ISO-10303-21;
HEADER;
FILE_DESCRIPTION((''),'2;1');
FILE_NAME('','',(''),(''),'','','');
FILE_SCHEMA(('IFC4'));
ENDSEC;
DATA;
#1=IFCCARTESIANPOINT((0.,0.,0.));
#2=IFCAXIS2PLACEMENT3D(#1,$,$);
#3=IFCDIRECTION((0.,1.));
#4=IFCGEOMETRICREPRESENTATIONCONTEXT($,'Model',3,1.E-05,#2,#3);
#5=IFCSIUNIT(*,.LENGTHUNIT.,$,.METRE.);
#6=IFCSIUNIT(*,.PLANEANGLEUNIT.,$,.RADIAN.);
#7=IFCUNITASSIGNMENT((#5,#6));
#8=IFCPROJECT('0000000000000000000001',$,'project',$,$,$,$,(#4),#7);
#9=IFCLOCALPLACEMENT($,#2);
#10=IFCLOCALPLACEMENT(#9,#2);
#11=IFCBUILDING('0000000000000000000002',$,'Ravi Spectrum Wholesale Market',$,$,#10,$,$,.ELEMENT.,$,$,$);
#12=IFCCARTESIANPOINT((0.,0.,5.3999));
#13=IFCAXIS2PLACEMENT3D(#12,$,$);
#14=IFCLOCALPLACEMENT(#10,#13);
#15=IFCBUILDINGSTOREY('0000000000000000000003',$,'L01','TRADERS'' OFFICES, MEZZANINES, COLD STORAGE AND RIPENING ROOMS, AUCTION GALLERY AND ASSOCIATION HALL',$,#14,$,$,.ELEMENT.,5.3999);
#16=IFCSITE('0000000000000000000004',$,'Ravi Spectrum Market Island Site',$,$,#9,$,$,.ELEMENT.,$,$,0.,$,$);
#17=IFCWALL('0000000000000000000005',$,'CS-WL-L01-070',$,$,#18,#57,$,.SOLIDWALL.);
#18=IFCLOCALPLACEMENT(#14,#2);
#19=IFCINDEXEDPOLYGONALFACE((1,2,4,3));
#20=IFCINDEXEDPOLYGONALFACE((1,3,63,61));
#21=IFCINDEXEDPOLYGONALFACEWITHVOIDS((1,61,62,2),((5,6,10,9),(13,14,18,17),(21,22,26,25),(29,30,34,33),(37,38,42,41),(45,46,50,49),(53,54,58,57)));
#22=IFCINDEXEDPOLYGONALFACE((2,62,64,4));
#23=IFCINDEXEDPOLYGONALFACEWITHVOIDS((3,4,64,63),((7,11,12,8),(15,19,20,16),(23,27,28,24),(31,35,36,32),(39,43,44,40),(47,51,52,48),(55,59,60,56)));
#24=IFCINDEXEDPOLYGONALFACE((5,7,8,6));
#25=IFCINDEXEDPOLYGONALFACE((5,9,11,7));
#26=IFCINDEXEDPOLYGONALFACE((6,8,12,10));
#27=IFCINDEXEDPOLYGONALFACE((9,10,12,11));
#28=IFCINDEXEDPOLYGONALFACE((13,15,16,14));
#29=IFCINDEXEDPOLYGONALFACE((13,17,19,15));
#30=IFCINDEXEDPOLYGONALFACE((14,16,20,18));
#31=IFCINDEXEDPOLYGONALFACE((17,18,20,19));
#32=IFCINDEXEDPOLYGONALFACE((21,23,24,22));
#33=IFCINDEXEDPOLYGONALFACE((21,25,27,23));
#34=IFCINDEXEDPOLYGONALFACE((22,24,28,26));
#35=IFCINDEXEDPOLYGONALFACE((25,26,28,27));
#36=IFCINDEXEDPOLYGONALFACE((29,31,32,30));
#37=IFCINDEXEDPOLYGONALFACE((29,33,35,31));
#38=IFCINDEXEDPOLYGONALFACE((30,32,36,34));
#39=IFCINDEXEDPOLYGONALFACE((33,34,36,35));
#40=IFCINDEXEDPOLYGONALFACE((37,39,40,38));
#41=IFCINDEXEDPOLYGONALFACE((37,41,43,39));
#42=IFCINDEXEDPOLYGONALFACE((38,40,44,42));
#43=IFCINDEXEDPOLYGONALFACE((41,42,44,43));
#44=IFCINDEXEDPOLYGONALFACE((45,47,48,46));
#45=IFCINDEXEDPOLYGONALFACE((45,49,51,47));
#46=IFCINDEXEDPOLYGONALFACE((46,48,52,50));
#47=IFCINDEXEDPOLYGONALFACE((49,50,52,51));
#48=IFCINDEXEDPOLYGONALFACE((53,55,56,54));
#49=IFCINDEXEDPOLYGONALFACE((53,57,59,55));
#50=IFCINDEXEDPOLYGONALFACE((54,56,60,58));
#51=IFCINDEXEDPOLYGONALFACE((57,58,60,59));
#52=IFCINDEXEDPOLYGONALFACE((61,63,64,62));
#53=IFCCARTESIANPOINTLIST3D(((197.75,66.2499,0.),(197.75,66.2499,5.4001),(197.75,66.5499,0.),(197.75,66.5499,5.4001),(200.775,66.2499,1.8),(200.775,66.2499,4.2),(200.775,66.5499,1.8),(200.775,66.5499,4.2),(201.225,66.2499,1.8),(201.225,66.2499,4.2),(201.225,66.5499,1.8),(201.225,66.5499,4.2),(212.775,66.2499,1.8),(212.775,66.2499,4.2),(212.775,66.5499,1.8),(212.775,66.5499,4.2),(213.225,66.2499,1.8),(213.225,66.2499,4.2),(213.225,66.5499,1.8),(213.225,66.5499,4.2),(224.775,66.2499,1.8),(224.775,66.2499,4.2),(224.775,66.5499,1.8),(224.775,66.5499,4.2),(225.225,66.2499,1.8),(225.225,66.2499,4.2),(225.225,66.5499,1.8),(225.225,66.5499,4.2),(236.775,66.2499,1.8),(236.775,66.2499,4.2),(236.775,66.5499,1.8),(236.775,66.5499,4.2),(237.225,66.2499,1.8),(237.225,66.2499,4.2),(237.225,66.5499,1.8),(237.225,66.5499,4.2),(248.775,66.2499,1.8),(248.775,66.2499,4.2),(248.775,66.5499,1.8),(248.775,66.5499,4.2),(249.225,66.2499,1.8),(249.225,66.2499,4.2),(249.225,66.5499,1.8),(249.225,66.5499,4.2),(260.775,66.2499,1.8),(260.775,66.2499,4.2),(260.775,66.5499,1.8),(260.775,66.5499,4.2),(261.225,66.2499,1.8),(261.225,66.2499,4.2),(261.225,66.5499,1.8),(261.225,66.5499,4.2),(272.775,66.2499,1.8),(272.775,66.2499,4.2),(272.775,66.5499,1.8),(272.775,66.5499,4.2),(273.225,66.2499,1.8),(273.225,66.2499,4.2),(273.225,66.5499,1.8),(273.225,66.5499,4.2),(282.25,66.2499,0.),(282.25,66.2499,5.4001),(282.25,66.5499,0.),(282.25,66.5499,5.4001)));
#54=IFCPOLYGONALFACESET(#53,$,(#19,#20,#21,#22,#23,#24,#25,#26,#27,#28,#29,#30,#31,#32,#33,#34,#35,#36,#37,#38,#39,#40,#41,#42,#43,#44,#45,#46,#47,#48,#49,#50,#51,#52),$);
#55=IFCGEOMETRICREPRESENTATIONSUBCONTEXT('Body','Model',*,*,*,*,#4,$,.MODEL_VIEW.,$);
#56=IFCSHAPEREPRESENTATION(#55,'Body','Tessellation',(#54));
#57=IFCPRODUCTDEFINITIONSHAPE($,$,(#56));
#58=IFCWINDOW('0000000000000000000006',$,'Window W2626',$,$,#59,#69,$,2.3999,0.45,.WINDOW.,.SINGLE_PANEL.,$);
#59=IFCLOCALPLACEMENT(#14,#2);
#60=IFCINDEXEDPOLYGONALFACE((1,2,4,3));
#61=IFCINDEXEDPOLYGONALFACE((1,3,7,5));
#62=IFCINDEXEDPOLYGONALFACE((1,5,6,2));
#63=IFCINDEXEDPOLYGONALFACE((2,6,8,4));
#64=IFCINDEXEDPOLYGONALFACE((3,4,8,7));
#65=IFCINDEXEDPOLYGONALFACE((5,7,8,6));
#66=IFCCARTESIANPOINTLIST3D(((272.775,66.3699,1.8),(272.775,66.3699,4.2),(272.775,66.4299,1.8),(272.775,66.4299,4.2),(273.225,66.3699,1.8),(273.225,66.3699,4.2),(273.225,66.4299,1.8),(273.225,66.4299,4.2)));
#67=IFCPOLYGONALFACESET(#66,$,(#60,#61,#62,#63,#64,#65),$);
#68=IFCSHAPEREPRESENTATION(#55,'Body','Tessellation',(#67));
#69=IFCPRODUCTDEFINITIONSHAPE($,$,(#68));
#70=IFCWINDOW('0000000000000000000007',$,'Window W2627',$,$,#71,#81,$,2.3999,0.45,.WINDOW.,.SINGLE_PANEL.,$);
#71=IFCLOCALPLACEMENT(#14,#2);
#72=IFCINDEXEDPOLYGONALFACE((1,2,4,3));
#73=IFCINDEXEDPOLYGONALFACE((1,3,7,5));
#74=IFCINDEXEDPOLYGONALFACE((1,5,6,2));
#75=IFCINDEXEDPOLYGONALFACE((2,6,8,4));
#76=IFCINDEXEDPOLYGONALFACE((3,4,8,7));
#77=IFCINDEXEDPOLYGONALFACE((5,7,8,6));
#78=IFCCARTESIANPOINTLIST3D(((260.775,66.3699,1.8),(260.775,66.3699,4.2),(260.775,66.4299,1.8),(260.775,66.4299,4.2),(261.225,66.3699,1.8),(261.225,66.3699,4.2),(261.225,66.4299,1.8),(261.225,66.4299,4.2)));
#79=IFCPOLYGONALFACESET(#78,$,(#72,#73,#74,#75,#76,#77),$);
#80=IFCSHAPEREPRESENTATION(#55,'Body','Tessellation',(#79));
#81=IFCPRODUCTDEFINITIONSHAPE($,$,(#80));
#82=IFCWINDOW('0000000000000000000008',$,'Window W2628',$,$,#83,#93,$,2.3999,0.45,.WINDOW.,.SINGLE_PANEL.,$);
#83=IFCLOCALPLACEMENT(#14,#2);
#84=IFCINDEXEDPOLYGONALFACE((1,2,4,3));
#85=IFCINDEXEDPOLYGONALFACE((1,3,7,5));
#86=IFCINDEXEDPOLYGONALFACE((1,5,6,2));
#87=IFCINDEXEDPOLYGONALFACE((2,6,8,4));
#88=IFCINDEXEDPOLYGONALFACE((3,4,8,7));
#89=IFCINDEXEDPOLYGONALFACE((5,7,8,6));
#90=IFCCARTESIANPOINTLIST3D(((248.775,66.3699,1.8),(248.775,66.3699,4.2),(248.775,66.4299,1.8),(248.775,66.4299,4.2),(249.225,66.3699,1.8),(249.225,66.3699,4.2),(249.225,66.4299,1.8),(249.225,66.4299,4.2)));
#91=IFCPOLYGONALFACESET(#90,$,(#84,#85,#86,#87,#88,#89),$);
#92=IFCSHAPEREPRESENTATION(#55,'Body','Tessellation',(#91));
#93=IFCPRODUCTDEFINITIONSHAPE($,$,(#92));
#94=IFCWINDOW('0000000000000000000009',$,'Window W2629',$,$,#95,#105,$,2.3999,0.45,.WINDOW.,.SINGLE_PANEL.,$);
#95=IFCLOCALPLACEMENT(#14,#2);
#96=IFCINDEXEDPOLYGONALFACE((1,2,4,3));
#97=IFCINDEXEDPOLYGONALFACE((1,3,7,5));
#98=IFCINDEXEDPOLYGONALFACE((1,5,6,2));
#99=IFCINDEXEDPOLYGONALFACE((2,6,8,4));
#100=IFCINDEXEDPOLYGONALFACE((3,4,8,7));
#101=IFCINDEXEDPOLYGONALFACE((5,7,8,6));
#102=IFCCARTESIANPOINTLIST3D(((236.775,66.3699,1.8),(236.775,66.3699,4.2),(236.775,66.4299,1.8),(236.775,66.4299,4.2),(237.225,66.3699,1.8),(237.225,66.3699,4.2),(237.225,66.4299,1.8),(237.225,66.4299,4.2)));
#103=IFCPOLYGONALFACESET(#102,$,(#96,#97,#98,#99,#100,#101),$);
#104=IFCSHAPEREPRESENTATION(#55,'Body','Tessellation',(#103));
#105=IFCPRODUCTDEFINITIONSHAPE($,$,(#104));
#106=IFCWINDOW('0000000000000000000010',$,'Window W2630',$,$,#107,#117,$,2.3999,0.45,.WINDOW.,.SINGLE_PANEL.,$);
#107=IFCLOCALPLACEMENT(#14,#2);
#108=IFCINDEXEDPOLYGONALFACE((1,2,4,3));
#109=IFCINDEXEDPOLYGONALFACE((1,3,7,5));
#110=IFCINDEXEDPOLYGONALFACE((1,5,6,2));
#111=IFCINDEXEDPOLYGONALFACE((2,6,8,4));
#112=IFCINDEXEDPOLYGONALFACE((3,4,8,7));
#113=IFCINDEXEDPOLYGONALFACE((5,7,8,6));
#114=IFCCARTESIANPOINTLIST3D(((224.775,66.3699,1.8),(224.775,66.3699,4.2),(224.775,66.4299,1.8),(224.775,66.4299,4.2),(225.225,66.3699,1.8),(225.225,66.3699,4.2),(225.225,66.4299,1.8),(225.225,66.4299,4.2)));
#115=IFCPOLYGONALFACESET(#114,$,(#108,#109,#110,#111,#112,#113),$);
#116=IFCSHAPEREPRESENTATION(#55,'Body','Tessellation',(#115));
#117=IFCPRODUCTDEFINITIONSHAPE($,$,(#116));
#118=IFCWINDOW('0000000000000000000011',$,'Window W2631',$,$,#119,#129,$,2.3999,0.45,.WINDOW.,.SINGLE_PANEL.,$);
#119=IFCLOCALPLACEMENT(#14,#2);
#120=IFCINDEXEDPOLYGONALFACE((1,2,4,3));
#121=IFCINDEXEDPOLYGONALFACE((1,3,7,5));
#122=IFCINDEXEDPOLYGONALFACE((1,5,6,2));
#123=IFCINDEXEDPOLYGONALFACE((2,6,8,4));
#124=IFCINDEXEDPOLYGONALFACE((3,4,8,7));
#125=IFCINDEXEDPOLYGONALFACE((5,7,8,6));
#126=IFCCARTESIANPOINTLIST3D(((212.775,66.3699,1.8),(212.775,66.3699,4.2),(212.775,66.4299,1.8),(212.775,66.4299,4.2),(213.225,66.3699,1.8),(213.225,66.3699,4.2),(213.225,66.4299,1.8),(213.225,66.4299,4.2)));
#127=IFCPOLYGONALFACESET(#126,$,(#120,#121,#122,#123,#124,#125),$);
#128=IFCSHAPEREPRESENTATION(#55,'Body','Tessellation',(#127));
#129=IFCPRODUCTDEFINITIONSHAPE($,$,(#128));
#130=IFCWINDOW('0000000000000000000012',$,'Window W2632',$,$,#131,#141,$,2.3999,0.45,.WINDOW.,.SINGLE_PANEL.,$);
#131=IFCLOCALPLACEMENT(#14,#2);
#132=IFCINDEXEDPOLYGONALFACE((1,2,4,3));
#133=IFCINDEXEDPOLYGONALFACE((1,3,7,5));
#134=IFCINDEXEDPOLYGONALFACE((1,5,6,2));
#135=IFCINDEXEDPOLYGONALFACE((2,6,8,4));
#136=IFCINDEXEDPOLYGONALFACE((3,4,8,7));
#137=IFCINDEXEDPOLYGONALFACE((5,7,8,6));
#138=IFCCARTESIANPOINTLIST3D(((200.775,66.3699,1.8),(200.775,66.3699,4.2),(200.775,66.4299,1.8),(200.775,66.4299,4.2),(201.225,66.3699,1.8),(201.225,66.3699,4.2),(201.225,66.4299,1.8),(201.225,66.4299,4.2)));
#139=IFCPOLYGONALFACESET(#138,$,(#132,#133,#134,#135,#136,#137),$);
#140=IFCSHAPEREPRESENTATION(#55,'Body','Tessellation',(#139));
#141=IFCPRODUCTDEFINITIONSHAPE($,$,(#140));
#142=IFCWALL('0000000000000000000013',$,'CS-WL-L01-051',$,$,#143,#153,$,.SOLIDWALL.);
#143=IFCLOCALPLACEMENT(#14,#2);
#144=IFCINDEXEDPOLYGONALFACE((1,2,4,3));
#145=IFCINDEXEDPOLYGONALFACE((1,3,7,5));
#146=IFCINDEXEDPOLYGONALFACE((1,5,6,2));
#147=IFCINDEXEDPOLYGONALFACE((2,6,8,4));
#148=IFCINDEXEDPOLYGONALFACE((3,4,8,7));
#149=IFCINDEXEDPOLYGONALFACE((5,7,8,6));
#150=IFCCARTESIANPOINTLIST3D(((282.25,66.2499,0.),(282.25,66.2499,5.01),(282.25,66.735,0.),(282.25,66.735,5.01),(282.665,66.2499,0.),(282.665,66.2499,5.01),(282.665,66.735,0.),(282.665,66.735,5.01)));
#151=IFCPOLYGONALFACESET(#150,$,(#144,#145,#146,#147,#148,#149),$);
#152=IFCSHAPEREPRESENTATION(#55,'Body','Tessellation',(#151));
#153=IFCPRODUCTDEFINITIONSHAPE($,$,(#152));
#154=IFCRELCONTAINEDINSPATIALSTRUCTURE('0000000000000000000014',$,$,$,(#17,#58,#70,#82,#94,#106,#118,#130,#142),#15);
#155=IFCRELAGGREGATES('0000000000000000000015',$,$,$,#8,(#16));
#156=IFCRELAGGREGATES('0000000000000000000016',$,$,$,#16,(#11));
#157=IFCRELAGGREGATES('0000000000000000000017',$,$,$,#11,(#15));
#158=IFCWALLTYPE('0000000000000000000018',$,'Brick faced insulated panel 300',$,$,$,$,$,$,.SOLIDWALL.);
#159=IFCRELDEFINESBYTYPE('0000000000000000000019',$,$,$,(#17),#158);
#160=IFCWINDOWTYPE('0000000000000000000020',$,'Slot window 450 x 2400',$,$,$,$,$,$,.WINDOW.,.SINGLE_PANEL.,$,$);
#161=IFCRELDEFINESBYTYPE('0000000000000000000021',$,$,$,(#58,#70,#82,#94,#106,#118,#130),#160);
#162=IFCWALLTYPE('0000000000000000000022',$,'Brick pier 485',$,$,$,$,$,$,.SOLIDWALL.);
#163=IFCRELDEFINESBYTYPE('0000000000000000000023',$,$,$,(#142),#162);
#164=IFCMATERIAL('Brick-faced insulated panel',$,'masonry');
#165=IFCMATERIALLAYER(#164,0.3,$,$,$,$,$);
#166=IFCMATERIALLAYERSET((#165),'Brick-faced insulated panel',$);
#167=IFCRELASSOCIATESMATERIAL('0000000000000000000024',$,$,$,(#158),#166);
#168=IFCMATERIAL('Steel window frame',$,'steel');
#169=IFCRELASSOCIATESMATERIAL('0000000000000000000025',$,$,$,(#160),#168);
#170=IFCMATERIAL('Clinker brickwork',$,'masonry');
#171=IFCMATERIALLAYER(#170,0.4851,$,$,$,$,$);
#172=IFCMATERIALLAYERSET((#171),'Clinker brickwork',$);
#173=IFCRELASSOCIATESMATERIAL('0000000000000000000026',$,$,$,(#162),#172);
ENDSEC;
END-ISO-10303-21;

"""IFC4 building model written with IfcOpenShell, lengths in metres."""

from ifc_helpers import new_model, si_unit, direction, frame, frame_2d, origin, place, context, subcontext, project, spatial, rectangle, extrude, material, layer, layer_set, type_object, element, fill, save


model = new_model("IFC4")

# Units and contexts
model_context = context("Model", 3, precision=1e-05, world=origin(), true_north=direction((0.0, 1.0)))
body_context = subcontext(model_context, "Body", "Model", "MODEL_VIEW")
ifc_project = project(units=[si_unit("LENGTHUNIT", "METRE"), si_unit("PLANEANGLEUNIT", "RADIAN")], contexts=[model_context])

# Site, building, storey
site_placement = place(None, origin())
site = spatial("IfcSite", under=ifc_project, at=site_placement, Name="Ravi Spectrum Market Island Site", CompositionType="ELEMENT", RefElevation=0.0)
building_placement = place(site_placement, origin())
building = spatial("IfcBuilding", under=site, at=building_placement, Name="Ravi Spectrum Wholesale Market", CompositionType="ELEMENT")
storey_placement = place(building_placement, frame((0.0, 0.0, 5.3999)))
storey = spatial("IfcBuildingStorey", under=building, at=storey_placement, Name="L01", Description="TRADERS' OFFICES, MEZZANINES, COLD STORAGE AND RIPENING ROOMS, AUCTION GALLERY AND ASSOCIATION HALL", CompositionType="ELEMENT", Elevation=5.3999)

# Wall, openings, windows
ifc_material_1 = material(Name="Brick-faced insulated panel", Category="masonry")
ifc_layer_1 = layer(ifc_material_1, 0.3)
ifc_layer_set_1 = layer_set([ifc_layer_1], Name="Brick-faced insulated panel")
wall_type_1 = type_object("IfcWallType", Name="Brick faced insulated panel 300", PredefinedType="SOLIDWALL", material=ifc_layer_set_1)
wall_1_placement = place(storey_placement, frame((282.25, 66.3999, 0.0), z_axis=(0.0, 0.0, 1.0), x_axis=(-1.0, 0.0, 0.0)))
wall_1 = element("IfcWall", 1, at=wall_1_placement, inside=storey, type_object=wall_type_1, Name="CS-WL-L01-070", PredefinedType="SOLIDWALL", context=body_context, shape_type="SweptSolid", body=[
    extrude(rectangle(XDim=84.5, YDim=0.3, at=frame_2d((42.25, 0.0))), origin(), (0.0, 0.0, 1.0), 5.4001),
])
opening_1_placement = place(wall_1_placement, frame((9.0249, 0.0, 1.8)))
opening_1 = element("IfcOpeningElement", 2, at=opening_1_placement, cuts=wall_1, PredefinedType="OPENING", context=body_context, shape_type="SweptSolid", body=[
    extrude(rectangle(XDim=0.45, YDim=2.3999, at=frame_2d((0.2251, 1.2))), frame((0.0, 0.1599, 0.0), z_axis=(0.0, -1.0, 0.0), x_axis=(1.0, 0.0, 0.0)), (0.0, 0.0, 1.0), 0.3201),
])
opening_2_placement = place(wall_1_placement, frame((21.0249, 0.0, 1.8)))
opening_2 = element("IfcOpeningElement", 3, at=opening_2_placement, cuts=wall_1, PredefinedType="OPENING", context=body_context, shape_type="SweptSolid", body=[
    extrude(rectangle(XDim=0.45, YDim=2.3999, at=frame_2d((0.2251, 1.2))), frame((0.0, 0.1599, 0.0), z_axis=(0.0, -1.0, 0.0), x_axis=(1.0, 0.0, 0.0)), (0.0, 0.0, 1.0), 0.3201),
])
opening_3_placement = place(wall_1_placement, frame((33.0249, 0.0, 1.8)))
opening_3 = element("IfcOpeningElement", 4, at=opening_3_placement, cuts=wall_1, PredefinedType="OPENING", context=body_context, shape_type="SweptSolid", body=[
    extrude(rectangle(XDim=0.45, YDim=2.3999, at=frame_2d((0.2251, 1.2))), frame((0.0, 0.1599, 0.0), z_axis=(0.0, -1.0, 0.0), x_axis=(1.0, 0.0, 0.0)), (0.0, 0.0, 1.0), 0.3201),
])
opening_4_placement = place(wall_1_placement, frame((45.0249, 0.0, 1.8)))
opening_4 = element("IfcOpeningElement", 5, at=opening_4_placement, cuts=wall_1, PredefinedType="OPENING", context=body_context, shape_type="SweptSolid", body=[
    extrude(rectangle(XDim=0.45, YDim=2.3999, at=frame_2d((0.2251, 1.2))), frame((0.0, 0.1599, 0.0), z_axis=(0.0, -1.0, 0.0), x_axis=(1.0, 0.0, 0.0)), (0.0, 0.0, 1.0), 0.3201),
])
opening_5_placement = place(wall_1_placement, frame((57.0249, 0.0, 1.8)))
opening_5 = element("IfcOpeningElement", 6, at=opening_5_placement, cuts=wall_1, PredefinedType="OPENING", context=body_context, shape_type="SweptSolid", body=[
    extrude(rectangle(XDim=0.45, YDim=2.3999, at=frame_2d((0.2251, 1.2))), frame((0.0, 0.1599, 0.0), z_axis=(0.0, -1.0, 0.0), x_axis=(1.0, 0.0, 0.0)), (0.0, 0.0, 1.0), 0.3201),
])
opening_6_placement = place(wall_1_placement, frame((69.0249, 0.0, 1.8)))
opening_6 = element("IfcOpeningElement", 7, at=opening_6_placement, cuts=wall_1, PredefinedType="OPENING", context=body_context, shape_type="SweptSolid", body=[
    extrude(rectangle(XDim=0.45, YDim=2.3999, at=frame_2d((0.2251, 1.2))), frame((0.0, 0.1599, 0.0), z_axis=(0.0, -1.0, 0.0), x_axis=(1.0, 0.0, 0.0)), (0.0, 0.0, 1.0), 0.3201),
])
opening_7_placement = place(wall_1_placement, frame((81.0249, 0.0, 1.8)))
opening_7 = element("IfcOpeningElement", 8, at=opening_7_placement, cuts=wall_1, PredefinedType="OPENING", context=body_context, shape_type="SweptSolid", body=[
    extrude(rectangle(XDim=0.45, YDim=2.3999, at=frame_2d((0.2251, 1.2))), frame((0.0, 0.1599, 0.0), z_axis=(0.0, -1.0, 0.0), x_axis=(1.0, 0.0, 0.0)), (0.0, 0.0, 1.0), 0.3201),
])
ifc_material_2 = material(Name="Steel window frame", Category="steel")
window_type = type_object("IfcWindowType", Name="Slot window 450 x 2400", PartitioningType="SINGLE_PANEL", PredefinedType="WINDOW", material=ifc_material_2)
window_1_placement = place(opening_1_placement, origin())
window_1 = element("IfcWindow", 9, at=window_1_placement, inside=storey, type_object=window_type, Name="Window W2626", OverallHeight=2.3999, OverallWidth=0.45, PartitioningType="SINGLE_PANEL", PredefinedType="WINDOW", context=body_context, shape_type="SweptSolid", body=[
    extrude(rectangle(XDim=0.45, YDim=2.3999, at=frame_2d((0.2251, 1.2))), frame((0.0, 0.03, 0.0), z_axis=(0.0, -1.0, 0.0), x_axis=(1.0, 0.0, 0.0)), (0.0, 0.0, 1.0), 0.0601),
])
fill(opening_1, window_1)
window_2_placement = place(opening_2_placement, origin())
window_2 = element("IfcWindow", 10, at=window_2_placement, inside=storey, type_object=window_type, Name="Window W2627", OverallHeight=2.3999, OverallWidth=0.45, PartitioningType="SINGLE_PANEL", PredefinedType="WINDOW", context=body_context, shape_type="SweptSolid", body=[
    extrude(rectangle(XDim=0.45, YDim=2.3999, at=frame_2d((0.2251, 1.2))), frame((0.0, 0.03, 0.0), z_axis=(0.0, -1.0, 0.0), x_axis=(1.0, 0.0, 0.0)), (0.0, 0.0, 1.0), 0.0601),
])
fill(opening_2, window_2)
window_3_placement = place(opening_3_placement, origin())
window_3 = element("IfcWindow", 11, at=window_3_placement, inside=storey, type_object=window_type, Name="Window W2628", OverallHeight=2.3999, OverallWidth=0.45, PartitioningType="SINGLE_PANEL", PredefinedType="WINDOW", context=body_context, shape_type="SweptSolid", body=[
    extrude(rectangle(XDim=0.45, YDim=2.3999, at=frame_2d((0.2251, 1.2))), frame((0.0, 0.03, 0.0), z_axis=(0.0, -1.0, 0.0), x_axis=(1.0, 0.0, 0.0)), (0.0, 0.0, 1.0), 0.0601),
])
fill(opening_3, window_3)
window_4_placement = place(opening_4_placement, origin())
window_4 = element("IfcWindow", 12, at=window_4_placement, inside=storey, type_object=window_type, Name="Window W2629", OverallHeight=2.3999, OverallWidth=0.45, PartitioningType="SINGLE_PANEL", PredefinedType="WINDOW", context=body_context, shape_type="SweptSolid", body=[
    extrude(rectangle(XDim=0.45, YDim=2.3999, at=frame_2d((0.2251, 1.2))), frame((0.0, 0.03, 0.0), z_axis=(0.0, -1.0, 0.0), x_axis=(1.0, 0.0, 0.0)), (0.0, 0.0, 1.0), 0.0601),
])
fill(opening_4, window_4)
window_5_placement = place(opening_5_placement, origin())
window_5 = element("IfcWindow", 13, at=window_5_placement, inside=storey, type_object=window_type, Name="Window W2630", OverallHeight=2.3999, OverallWidth=0.45, PartitioningType="SINGLE_PANEL", PredefinedType="WINDOW", context=body_context, shape_type="SweptSolid", body=[
    extrude(rectangle(XDim=0.45, YDim=2.3999, at=frame_2d((0.2251, 1.2))), frame((0.0, 0.03, 0.0), z_axis=(0.0, -1.0, 0.0), x_axis=(1.0, 0.0, 0.0)), (0.0, 0.0, 1.0), 0.0601),
])
fill(opening_5, window_5)
window_6_placement = place(opening_6_placement, origin())
window_6 = element("IfcWindow", 14, at=window_6_placement, inside=storey, type_object=window_type, Name="Window W2631", OverallHeight=2.3999, OverallWidth=0.45, PartitioningType="SINGLE_PANEL", PredefinedType="WINDOW", context=body_context, shape_type="SweptSolid", body=[
    extrude(rectangle(XDim=0.45, YDim=2.3999, at=frame_2d((0.2251, 1.2))), frame((0.0, 0.03, 0.0), z_axis=(0.0, -1.0, 0.0), x_axis=(1.0, 0.0, 0.0)), (0.0, 0.0, 1.0), 0.0601),
])
fill(opening_6, window_6)
window_7_placement = place(opening_7_placement, origin())
window_7 = element("IfcWindow", 15, at=window_7_placement, inside=storey, type_object=window_type, Name="Window W2632", OverallHeight=2.3999, OverallWidth=0.45, PartitioningType="SINGLE_PANEL", PredefinedType="WINDOW", context=body_context, shape_type="SweptSolid", body=[
    extrude(rectangle(XDim=0.45, YDim=2.3999, at=frame_2d((0.2251, 1.2))), frame((0.0, 0.03, 0.0), z_axis=(0.0, -1.0, 0.0), x_axis=(1.0, 0.0, 0.0)), (0.0, 0.0, 1.0), 0.0601),
])
fill(opening_7, window_7)

# Wall
ifc_material_3 = material(Name="Clinker brickwork", Category="masonry")
ifc_layer_2 = layer(ifc_material_3, 0.4851)
ifc_layer_set_2 = layer_set([ifc_layer_2], Name="Clinker brickwork")
wall_type_2 = type_object("IfcWallType", Name="Brick pier 485", PredefinedType="SOLIDWALL", material=ifc_layer_set_2)
wall_2_placement = place(storey_placement, frame((282.25, 66.4924, 0.0), z_axis=(0.0, 0.0, 1.0), x_axis=(1.0, 0.0, 0.0)))
element("IfcWall", 16, at=wall_2_placement, inside=storey, type_object=wall_type_2, Name="CS-WL-L01-051", PredefinedType="SOLIDWALL", context=body_context, shape_type="SweptSolid", body=[
    extrude(rectangle(XDim=0.415, YDim=0.4851, at=frame_2d((0.2075, 0.0))), origin(), (0.0, 0.0, 1.0), 5.01),
])

save(model, "model.ifc")
